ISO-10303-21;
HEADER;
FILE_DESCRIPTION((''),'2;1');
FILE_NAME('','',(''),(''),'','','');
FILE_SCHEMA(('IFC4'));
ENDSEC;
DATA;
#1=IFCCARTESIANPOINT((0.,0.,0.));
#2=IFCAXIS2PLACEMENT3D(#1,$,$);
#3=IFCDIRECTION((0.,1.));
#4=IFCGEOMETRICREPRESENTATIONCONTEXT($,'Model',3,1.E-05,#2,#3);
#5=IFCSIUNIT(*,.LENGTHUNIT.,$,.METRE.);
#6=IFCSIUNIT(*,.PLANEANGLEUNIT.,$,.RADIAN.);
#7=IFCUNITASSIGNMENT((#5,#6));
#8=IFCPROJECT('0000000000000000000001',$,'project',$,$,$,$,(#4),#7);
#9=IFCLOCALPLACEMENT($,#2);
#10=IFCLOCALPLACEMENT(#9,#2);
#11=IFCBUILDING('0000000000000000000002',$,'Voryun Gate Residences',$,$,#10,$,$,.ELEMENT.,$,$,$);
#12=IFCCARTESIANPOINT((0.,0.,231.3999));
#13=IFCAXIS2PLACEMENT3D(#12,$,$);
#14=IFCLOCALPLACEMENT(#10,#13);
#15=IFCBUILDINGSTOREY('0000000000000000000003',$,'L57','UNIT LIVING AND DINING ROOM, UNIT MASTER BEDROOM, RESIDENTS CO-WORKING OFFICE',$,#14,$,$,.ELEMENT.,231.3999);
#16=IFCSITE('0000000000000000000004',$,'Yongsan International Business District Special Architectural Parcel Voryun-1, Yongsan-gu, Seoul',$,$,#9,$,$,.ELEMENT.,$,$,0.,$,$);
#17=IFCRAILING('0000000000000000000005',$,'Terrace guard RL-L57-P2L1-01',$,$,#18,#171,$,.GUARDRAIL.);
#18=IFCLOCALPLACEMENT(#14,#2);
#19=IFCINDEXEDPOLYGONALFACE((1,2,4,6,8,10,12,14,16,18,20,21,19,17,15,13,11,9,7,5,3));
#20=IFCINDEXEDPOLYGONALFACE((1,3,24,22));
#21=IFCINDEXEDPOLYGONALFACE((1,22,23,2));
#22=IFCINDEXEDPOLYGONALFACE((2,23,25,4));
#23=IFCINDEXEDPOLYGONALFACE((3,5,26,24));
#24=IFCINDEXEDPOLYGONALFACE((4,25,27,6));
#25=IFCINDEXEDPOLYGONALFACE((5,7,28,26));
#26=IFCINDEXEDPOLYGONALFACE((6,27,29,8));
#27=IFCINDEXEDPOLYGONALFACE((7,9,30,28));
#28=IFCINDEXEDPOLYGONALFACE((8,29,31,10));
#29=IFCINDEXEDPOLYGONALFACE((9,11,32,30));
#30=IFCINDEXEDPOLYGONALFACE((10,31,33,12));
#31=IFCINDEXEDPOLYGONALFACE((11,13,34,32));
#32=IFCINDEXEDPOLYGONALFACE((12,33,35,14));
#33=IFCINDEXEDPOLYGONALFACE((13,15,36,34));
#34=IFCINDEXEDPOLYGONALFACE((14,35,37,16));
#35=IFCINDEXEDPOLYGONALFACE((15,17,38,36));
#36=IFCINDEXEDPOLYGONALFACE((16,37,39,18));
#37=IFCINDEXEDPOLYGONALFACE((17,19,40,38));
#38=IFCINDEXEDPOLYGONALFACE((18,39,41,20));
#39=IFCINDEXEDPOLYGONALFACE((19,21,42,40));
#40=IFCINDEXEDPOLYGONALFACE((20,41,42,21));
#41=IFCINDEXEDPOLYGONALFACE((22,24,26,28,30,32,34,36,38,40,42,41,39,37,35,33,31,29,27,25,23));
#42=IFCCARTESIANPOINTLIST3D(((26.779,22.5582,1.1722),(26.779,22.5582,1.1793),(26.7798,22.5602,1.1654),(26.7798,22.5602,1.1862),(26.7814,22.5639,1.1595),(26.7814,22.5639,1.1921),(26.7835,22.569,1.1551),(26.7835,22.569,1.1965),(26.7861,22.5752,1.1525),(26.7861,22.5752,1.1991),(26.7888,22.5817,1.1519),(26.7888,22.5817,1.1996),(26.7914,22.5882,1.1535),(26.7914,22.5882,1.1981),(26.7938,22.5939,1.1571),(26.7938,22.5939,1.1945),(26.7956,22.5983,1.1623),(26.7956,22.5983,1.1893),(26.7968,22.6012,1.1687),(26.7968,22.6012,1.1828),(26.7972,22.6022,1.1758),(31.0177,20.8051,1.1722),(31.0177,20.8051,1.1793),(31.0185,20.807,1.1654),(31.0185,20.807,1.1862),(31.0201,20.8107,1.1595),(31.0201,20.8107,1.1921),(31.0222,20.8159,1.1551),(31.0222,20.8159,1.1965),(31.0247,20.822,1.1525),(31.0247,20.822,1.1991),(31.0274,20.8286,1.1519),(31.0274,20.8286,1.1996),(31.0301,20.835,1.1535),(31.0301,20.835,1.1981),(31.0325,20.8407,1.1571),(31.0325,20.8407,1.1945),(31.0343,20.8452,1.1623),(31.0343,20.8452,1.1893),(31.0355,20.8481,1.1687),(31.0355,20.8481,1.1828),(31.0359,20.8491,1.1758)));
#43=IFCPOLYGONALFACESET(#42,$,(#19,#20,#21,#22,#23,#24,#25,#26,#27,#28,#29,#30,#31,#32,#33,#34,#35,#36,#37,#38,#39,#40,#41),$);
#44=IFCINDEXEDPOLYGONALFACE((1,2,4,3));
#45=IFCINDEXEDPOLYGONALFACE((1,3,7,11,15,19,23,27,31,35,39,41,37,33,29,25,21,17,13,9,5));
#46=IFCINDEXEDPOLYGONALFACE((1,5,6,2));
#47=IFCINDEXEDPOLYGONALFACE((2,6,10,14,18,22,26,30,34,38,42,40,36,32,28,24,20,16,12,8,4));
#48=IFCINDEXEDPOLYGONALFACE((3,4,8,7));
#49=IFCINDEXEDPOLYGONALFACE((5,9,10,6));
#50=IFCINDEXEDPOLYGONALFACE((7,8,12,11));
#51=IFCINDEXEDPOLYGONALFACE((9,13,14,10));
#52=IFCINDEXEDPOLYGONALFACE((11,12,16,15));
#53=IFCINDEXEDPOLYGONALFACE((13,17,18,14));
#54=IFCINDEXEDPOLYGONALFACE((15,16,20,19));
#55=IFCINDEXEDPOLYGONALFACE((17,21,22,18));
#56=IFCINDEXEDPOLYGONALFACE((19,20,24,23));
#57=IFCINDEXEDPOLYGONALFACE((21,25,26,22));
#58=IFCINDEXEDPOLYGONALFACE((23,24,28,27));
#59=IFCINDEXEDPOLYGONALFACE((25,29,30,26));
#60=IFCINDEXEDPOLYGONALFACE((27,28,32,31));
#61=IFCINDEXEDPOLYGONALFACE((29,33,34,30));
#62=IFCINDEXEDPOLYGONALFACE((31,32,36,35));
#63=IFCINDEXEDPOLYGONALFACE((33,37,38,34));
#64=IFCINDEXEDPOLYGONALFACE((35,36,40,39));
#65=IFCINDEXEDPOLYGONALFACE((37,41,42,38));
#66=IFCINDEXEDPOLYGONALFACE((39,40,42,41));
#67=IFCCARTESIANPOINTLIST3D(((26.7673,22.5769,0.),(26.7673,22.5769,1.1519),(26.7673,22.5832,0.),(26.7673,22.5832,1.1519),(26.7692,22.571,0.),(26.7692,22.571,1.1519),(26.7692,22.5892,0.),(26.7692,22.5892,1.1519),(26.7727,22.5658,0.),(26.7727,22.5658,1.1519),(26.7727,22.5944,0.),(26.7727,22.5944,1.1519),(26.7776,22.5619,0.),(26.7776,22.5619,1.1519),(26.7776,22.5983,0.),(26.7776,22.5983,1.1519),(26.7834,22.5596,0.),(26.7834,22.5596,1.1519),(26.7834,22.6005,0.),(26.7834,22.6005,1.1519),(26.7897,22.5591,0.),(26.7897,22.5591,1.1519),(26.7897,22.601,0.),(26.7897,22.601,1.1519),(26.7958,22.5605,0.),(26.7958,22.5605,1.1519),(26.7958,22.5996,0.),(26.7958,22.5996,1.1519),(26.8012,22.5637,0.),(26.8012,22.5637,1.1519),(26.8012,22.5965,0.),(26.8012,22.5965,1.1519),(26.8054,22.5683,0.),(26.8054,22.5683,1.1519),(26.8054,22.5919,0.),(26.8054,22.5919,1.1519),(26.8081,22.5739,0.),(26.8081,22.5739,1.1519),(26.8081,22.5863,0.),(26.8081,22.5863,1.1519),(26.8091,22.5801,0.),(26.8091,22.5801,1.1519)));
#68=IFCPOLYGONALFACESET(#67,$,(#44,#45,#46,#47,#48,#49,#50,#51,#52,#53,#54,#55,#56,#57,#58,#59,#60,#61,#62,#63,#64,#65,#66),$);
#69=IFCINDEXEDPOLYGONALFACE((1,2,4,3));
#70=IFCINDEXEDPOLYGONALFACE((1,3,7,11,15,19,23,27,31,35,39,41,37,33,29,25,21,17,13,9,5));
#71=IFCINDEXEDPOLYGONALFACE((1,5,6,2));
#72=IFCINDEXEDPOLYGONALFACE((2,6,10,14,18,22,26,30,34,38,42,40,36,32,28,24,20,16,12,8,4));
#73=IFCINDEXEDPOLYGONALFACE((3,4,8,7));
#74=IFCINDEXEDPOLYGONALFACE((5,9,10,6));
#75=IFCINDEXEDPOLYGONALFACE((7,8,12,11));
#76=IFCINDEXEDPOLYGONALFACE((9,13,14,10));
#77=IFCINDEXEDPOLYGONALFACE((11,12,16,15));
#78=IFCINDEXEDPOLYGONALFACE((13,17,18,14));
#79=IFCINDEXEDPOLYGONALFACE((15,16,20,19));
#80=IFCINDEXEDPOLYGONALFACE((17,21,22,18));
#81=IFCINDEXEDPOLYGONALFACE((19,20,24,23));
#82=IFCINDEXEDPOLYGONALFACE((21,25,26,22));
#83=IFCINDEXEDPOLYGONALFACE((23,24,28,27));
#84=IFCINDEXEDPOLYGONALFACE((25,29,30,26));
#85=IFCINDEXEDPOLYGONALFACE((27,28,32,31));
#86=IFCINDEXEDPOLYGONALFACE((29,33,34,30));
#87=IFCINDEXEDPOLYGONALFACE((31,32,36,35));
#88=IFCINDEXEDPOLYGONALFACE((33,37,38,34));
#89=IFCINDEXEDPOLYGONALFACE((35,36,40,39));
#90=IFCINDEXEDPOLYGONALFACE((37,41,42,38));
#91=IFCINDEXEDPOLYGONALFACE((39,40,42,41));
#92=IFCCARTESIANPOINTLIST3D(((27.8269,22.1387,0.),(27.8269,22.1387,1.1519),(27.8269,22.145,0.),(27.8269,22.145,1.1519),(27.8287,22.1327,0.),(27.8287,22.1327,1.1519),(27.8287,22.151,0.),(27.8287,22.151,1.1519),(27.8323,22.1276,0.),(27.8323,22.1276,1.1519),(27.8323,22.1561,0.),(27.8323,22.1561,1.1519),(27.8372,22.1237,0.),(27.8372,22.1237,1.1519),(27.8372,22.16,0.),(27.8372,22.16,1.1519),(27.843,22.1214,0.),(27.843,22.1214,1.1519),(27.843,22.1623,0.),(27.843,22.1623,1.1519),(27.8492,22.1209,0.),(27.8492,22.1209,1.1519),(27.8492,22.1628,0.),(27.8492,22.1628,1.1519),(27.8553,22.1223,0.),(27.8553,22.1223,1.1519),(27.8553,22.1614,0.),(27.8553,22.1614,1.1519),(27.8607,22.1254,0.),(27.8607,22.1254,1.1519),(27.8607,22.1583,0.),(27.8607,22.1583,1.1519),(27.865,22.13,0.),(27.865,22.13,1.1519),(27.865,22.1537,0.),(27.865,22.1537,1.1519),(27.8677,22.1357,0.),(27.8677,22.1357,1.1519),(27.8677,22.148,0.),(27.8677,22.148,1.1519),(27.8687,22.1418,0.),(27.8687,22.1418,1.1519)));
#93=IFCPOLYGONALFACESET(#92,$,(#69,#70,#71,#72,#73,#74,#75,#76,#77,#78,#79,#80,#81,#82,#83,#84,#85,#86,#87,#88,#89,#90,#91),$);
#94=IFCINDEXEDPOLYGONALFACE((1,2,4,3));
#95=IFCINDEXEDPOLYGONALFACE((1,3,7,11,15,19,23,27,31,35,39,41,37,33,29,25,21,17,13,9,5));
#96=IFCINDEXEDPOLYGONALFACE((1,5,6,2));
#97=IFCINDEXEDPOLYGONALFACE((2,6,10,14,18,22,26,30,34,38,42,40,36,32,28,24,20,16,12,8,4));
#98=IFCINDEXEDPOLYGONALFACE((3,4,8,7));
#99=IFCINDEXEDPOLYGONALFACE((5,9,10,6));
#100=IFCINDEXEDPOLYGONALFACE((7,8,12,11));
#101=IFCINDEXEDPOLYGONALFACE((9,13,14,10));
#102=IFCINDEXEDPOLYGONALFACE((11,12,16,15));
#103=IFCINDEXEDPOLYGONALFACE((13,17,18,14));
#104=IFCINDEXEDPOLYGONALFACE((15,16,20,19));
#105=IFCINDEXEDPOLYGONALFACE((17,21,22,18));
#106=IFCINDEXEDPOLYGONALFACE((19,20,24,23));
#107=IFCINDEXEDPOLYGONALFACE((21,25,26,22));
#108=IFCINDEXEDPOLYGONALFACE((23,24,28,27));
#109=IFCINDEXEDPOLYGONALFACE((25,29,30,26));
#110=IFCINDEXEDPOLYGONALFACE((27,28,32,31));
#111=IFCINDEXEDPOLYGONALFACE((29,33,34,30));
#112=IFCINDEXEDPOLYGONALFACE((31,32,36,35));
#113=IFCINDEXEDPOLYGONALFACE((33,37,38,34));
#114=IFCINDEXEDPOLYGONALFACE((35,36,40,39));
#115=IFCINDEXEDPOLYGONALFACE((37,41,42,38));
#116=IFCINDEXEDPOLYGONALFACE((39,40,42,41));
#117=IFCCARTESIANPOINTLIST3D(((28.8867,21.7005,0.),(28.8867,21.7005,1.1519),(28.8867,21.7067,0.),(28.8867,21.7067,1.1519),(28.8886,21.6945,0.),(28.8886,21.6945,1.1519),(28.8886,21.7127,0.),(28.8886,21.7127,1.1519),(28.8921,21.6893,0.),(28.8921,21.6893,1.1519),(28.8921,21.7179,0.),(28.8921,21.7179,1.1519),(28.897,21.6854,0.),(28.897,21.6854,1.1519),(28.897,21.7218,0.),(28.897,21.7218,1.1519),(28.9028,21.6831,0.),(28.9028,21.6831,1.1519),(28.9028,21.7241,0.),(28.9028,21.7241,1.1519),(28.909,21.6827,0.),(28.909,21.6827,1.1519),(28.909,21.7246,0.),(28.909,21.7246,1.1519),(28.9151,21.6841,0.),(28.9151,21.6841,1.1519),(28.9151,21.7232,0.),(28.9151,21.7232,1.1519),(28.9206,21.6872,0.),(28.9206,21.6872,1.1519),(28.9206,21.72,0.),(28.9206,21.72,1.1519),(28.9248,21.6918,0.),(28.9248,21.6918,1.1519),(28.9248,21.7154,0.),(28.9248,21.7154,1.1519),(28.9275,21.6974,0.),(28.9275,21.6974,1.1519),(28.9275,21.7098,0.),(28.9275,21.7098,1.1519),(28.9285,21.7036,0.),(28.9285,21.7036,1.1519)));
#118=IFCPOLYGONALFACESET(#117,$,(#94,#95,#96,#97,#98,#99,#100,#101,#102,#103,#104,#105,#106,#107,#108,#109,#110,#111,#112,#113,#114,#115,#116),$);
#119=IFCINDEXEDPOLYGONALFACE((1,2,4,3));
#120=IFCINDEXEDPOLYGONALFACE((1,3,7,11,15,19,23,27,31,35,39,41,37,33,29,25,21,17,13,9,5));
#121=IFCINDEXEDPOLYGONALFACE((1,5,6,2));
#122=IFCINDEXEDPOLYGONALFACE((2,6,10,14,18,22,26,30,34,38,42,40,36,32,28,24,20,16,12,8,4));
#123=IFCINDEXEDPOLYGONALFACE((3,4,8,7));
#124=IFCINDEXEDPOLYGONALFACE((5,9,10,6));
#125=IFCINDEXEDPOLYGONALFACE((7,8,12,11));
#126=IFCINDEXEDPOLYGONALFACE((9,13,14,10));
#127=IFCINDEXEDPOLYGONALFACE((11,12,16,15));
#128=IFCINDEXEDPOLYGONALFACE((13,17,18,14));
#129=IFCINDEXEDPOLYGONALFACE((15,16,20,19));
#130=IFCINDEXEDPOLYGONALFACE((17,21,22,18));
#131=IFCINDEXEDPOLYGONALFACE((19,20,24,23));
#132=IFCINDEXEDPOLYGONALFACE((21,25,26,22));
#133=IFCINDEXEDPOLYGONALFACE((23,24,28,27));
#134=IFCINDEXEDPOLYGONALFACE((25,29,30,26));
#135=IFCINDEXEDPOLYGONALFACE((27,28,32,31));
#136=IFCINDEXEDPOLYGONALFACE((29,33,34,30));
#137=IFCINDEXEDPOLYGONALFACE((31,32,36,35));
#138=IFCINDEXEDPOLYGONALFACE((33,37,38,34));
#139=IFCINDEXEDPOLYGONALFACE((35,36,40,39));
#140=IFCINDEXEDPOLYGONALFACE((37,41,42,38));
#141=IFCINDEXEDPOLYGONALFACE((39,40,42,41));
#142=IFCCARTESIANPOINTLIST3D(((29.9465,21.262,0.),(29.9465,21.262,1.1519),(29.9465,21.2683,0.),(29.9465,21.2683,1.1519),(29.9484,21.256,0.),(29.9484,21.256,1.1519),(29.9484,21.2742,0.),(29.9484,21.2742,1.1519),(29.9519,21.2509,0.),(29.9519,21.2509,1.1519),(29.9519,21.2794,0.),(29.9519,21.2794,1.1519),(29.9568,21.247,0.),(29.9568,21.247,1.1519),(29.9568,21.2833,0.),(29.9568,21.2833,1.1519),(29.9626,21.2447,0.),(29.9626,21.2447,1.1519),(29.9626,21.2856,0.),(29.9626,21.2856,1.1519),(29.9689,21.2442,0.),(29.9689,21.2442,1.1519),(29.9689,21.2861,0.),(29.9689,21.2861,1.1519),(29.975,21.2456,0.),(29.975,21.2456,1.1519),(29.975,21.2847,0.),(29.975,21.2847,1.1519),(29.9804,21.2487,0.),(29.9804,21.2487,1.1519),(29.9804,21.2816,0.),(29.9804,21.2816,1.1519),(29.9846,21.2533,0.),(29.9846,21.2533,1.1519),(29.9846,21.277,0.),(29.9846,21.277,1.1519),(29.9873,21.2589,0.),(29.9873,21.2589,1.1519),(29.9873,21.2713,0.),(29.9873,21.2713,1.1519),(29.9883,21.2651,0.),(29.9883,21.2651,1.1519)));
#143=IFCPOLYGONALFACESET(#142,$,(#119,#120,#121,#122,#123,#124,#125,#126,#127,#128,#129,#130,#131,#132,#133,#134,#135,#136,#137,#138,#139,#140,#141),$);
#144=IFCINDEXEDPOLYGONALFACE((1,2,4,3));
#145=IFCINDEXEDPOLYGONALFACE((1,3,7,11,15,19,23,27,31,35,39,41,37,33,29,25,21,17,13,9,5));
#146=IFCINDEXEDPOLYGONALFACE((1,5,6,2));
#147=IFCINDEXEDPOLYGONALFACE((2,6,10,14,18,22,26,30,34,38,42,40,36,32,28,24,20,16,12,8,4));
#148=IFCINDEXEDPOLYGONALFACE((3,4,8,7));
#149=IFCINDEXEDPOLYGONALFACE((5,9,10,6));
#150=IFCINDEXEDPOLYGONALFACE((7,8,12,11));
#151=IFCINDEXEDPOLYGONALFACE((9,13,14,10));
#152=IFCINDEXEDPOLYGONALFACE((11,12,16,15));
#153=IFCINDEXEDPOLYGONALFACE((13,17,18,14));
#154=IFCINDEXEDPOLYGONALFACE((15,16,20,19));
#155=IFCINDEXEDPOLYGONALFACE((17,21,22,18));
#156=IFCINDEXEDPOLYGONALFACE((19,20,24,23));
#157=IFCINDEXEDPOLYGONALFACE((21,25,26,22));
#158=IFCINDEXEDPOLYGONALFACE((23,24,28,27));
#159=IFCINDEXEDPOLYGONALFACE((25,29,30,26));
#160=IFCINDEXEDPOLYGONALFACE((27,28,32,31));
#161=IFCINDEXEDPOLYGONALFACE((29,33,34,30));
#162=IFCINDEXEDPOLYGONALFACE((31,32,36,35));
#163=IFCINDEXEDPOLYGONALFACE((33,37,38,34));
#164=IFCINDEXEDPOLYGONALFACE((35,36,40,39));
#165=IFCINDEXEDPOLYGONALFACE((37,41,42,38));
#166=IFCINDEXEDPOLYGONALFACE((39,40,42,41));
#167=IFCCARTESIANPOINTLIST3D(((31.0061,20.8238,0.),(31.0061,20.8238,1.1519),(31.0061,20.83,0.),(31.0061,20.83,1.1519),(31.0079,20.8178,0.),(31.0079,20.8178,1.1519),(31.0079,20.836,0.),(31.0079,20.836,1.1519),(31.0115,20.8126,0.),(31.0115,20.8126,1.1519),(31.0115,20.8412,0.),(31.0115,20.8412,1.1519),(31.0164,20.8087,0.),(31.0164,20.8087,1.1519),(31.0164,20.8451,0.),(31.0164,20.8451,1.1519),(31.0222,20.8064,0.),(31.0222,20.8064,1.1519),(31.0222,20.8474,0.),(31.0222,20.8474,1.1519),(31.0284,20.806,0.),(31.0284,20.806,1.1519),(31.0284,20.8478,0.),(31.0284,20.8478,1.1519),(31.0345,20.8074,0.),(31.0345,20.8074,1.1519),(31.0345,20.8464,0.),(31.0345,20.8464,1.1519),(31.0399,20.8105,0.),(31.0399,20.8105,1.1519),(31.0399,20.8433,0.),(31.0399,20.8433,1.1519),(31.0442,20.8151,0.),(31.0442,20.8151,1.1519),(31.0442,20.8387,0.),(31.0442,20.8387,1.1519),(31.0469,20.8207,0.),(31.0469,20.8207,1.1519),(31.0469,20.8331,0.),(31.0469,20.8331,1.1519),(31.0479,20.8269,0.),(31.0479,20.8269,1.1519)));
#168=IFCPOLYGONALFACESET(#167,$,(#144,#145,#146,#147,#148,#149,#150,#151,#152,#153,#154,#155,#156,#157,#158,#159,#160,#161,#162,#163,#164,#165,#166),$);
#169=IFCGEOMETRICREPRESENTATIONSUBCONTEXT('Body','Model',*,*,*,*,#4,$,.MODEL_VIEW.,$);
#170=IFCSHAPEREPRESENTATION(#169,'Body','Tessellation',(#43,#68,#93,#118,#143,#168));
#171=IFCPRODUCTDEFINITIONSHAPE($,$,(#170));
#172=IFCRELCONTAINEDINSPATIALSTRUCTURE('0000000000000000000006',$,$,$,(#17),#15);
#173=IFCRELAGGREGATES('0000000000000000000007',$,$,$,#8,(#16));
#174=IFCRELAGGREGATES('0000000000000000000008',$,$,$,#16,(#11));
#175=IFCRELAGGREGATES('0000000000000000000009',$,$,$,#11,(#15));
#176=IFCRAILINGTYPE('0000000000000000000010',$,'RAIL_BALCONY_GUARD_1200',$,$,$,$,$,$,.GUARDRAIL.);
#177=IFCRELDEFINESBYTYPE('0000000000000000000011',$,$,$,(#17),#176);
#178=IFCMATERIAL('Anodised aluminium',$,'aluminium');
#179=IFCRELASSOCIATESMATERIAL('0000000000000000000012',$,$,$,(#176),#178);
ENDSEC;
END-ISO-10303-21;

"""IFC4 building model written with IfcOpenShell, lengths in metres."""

from ifc_helpers import new_model, si_unit, direction, frame, origin, origin_2d, place, context, subcontext, project, spatial, circle, extrude, material, type_object, element, save


model = new_model("IFC4")

# Units and contexts
model_context = context("Model", 3, precision=1e-05, world=origin(), true_north=direction((0.0, 1.0)))
body_context = subcontext(model_context, "Body", "Model", "MODEL_VIEW")
ifc_project = project(units=[si_unit("LENGTHUNIT", "METRE"), si_unit("PLANEANGLEUNIT", "RADIAN")], contexts=[model_context])

# Site, building, storey
site_placement = place(None, origin())
site = spatial("IfcSite", under=ifc_project, at=site_placement, Name="Yongsan International Business District Special Architectural Parcel Voryun-1, Yongsan-gu, Seoul", CompositionType="ELEMENT", RefElevation=0.0)
building_placement = place(site_placement, origin())
building = spatial("IfcBuilding", under=site, at=building_placement, Name="Voryun Gate Residences", CompositionType="ELEMENT")
storey_placement = place(building_placement, frame((0.0, 0.0, 231.3999)))
storey = spatial("IfcBuildingStorey", under=building, at=storey_placement, Name="L57", Description="UNIT LIVING AND DINING ROOM, UNIT MASTER BEDROOM, RESIDENTS CO-WORKING OFFICE", CompositionType="ELEMENT", Elevation=231.3999)

# Railing
ifc_material_1 = material(Name="Anodised aluminium", Category="aluminium")
railing_type = type_object("IfcRailingType", Name="RAIL_BALCONY_GUARD_1200", PredefinedType="GUARDRAIL", material=ifc_material_1)
railing_1_placement = place(storey_placement, frame((26.7881, 22.5801, 0.0)))
element("IfcRailing", 1, at=railing_1_placement, inside=storey, type_object=railing_type, Name="Terrace guard RL-L57-P2L1-01", PredefinedType="GUARDRAIL", context=body_context, shape_type="SweptSolid", body=[
    extrude(circle(Radius=0.0239, at=origin_2d()), frame((0.0, 0.0, 1.1758), z_axis=(0.924078, -0.382203, 0.0), x_axis=(0.382203, 0.924078, 0.0)), (0.0, 0.0, 1.0), 4.5869),
    extrude(circle(Radius=0.021, at=origin_2d()), origin(), (0.0, 0.0, 1.0), 1.1519),
    extrude(circle(Radius=0.021, at=origin_2d()), frame((1.0596, -0.4382, 0.0)), (0.0, 0.0, 1.0), 1.1519),
    extrude(circle(Radius=0.021, at=origin_2d()), frame((2.1194, -0.8765, 0.0)), (0.0, 0.0, 1.0), 1.1519),
    extrude(circle(Radius=0.021, at=origin_2d()), frame((3.1792, -1.3149, 0.0)), (0.0, 0.0, 1.0), 1.1519),
    extrude(circle(Radius=0.021, at=origin_2d()), frame((4.2388, -1.7532, 0.0)), (0.0, 0.0, 1.0), 1.1519),
])

save(model, "model.ifc")
